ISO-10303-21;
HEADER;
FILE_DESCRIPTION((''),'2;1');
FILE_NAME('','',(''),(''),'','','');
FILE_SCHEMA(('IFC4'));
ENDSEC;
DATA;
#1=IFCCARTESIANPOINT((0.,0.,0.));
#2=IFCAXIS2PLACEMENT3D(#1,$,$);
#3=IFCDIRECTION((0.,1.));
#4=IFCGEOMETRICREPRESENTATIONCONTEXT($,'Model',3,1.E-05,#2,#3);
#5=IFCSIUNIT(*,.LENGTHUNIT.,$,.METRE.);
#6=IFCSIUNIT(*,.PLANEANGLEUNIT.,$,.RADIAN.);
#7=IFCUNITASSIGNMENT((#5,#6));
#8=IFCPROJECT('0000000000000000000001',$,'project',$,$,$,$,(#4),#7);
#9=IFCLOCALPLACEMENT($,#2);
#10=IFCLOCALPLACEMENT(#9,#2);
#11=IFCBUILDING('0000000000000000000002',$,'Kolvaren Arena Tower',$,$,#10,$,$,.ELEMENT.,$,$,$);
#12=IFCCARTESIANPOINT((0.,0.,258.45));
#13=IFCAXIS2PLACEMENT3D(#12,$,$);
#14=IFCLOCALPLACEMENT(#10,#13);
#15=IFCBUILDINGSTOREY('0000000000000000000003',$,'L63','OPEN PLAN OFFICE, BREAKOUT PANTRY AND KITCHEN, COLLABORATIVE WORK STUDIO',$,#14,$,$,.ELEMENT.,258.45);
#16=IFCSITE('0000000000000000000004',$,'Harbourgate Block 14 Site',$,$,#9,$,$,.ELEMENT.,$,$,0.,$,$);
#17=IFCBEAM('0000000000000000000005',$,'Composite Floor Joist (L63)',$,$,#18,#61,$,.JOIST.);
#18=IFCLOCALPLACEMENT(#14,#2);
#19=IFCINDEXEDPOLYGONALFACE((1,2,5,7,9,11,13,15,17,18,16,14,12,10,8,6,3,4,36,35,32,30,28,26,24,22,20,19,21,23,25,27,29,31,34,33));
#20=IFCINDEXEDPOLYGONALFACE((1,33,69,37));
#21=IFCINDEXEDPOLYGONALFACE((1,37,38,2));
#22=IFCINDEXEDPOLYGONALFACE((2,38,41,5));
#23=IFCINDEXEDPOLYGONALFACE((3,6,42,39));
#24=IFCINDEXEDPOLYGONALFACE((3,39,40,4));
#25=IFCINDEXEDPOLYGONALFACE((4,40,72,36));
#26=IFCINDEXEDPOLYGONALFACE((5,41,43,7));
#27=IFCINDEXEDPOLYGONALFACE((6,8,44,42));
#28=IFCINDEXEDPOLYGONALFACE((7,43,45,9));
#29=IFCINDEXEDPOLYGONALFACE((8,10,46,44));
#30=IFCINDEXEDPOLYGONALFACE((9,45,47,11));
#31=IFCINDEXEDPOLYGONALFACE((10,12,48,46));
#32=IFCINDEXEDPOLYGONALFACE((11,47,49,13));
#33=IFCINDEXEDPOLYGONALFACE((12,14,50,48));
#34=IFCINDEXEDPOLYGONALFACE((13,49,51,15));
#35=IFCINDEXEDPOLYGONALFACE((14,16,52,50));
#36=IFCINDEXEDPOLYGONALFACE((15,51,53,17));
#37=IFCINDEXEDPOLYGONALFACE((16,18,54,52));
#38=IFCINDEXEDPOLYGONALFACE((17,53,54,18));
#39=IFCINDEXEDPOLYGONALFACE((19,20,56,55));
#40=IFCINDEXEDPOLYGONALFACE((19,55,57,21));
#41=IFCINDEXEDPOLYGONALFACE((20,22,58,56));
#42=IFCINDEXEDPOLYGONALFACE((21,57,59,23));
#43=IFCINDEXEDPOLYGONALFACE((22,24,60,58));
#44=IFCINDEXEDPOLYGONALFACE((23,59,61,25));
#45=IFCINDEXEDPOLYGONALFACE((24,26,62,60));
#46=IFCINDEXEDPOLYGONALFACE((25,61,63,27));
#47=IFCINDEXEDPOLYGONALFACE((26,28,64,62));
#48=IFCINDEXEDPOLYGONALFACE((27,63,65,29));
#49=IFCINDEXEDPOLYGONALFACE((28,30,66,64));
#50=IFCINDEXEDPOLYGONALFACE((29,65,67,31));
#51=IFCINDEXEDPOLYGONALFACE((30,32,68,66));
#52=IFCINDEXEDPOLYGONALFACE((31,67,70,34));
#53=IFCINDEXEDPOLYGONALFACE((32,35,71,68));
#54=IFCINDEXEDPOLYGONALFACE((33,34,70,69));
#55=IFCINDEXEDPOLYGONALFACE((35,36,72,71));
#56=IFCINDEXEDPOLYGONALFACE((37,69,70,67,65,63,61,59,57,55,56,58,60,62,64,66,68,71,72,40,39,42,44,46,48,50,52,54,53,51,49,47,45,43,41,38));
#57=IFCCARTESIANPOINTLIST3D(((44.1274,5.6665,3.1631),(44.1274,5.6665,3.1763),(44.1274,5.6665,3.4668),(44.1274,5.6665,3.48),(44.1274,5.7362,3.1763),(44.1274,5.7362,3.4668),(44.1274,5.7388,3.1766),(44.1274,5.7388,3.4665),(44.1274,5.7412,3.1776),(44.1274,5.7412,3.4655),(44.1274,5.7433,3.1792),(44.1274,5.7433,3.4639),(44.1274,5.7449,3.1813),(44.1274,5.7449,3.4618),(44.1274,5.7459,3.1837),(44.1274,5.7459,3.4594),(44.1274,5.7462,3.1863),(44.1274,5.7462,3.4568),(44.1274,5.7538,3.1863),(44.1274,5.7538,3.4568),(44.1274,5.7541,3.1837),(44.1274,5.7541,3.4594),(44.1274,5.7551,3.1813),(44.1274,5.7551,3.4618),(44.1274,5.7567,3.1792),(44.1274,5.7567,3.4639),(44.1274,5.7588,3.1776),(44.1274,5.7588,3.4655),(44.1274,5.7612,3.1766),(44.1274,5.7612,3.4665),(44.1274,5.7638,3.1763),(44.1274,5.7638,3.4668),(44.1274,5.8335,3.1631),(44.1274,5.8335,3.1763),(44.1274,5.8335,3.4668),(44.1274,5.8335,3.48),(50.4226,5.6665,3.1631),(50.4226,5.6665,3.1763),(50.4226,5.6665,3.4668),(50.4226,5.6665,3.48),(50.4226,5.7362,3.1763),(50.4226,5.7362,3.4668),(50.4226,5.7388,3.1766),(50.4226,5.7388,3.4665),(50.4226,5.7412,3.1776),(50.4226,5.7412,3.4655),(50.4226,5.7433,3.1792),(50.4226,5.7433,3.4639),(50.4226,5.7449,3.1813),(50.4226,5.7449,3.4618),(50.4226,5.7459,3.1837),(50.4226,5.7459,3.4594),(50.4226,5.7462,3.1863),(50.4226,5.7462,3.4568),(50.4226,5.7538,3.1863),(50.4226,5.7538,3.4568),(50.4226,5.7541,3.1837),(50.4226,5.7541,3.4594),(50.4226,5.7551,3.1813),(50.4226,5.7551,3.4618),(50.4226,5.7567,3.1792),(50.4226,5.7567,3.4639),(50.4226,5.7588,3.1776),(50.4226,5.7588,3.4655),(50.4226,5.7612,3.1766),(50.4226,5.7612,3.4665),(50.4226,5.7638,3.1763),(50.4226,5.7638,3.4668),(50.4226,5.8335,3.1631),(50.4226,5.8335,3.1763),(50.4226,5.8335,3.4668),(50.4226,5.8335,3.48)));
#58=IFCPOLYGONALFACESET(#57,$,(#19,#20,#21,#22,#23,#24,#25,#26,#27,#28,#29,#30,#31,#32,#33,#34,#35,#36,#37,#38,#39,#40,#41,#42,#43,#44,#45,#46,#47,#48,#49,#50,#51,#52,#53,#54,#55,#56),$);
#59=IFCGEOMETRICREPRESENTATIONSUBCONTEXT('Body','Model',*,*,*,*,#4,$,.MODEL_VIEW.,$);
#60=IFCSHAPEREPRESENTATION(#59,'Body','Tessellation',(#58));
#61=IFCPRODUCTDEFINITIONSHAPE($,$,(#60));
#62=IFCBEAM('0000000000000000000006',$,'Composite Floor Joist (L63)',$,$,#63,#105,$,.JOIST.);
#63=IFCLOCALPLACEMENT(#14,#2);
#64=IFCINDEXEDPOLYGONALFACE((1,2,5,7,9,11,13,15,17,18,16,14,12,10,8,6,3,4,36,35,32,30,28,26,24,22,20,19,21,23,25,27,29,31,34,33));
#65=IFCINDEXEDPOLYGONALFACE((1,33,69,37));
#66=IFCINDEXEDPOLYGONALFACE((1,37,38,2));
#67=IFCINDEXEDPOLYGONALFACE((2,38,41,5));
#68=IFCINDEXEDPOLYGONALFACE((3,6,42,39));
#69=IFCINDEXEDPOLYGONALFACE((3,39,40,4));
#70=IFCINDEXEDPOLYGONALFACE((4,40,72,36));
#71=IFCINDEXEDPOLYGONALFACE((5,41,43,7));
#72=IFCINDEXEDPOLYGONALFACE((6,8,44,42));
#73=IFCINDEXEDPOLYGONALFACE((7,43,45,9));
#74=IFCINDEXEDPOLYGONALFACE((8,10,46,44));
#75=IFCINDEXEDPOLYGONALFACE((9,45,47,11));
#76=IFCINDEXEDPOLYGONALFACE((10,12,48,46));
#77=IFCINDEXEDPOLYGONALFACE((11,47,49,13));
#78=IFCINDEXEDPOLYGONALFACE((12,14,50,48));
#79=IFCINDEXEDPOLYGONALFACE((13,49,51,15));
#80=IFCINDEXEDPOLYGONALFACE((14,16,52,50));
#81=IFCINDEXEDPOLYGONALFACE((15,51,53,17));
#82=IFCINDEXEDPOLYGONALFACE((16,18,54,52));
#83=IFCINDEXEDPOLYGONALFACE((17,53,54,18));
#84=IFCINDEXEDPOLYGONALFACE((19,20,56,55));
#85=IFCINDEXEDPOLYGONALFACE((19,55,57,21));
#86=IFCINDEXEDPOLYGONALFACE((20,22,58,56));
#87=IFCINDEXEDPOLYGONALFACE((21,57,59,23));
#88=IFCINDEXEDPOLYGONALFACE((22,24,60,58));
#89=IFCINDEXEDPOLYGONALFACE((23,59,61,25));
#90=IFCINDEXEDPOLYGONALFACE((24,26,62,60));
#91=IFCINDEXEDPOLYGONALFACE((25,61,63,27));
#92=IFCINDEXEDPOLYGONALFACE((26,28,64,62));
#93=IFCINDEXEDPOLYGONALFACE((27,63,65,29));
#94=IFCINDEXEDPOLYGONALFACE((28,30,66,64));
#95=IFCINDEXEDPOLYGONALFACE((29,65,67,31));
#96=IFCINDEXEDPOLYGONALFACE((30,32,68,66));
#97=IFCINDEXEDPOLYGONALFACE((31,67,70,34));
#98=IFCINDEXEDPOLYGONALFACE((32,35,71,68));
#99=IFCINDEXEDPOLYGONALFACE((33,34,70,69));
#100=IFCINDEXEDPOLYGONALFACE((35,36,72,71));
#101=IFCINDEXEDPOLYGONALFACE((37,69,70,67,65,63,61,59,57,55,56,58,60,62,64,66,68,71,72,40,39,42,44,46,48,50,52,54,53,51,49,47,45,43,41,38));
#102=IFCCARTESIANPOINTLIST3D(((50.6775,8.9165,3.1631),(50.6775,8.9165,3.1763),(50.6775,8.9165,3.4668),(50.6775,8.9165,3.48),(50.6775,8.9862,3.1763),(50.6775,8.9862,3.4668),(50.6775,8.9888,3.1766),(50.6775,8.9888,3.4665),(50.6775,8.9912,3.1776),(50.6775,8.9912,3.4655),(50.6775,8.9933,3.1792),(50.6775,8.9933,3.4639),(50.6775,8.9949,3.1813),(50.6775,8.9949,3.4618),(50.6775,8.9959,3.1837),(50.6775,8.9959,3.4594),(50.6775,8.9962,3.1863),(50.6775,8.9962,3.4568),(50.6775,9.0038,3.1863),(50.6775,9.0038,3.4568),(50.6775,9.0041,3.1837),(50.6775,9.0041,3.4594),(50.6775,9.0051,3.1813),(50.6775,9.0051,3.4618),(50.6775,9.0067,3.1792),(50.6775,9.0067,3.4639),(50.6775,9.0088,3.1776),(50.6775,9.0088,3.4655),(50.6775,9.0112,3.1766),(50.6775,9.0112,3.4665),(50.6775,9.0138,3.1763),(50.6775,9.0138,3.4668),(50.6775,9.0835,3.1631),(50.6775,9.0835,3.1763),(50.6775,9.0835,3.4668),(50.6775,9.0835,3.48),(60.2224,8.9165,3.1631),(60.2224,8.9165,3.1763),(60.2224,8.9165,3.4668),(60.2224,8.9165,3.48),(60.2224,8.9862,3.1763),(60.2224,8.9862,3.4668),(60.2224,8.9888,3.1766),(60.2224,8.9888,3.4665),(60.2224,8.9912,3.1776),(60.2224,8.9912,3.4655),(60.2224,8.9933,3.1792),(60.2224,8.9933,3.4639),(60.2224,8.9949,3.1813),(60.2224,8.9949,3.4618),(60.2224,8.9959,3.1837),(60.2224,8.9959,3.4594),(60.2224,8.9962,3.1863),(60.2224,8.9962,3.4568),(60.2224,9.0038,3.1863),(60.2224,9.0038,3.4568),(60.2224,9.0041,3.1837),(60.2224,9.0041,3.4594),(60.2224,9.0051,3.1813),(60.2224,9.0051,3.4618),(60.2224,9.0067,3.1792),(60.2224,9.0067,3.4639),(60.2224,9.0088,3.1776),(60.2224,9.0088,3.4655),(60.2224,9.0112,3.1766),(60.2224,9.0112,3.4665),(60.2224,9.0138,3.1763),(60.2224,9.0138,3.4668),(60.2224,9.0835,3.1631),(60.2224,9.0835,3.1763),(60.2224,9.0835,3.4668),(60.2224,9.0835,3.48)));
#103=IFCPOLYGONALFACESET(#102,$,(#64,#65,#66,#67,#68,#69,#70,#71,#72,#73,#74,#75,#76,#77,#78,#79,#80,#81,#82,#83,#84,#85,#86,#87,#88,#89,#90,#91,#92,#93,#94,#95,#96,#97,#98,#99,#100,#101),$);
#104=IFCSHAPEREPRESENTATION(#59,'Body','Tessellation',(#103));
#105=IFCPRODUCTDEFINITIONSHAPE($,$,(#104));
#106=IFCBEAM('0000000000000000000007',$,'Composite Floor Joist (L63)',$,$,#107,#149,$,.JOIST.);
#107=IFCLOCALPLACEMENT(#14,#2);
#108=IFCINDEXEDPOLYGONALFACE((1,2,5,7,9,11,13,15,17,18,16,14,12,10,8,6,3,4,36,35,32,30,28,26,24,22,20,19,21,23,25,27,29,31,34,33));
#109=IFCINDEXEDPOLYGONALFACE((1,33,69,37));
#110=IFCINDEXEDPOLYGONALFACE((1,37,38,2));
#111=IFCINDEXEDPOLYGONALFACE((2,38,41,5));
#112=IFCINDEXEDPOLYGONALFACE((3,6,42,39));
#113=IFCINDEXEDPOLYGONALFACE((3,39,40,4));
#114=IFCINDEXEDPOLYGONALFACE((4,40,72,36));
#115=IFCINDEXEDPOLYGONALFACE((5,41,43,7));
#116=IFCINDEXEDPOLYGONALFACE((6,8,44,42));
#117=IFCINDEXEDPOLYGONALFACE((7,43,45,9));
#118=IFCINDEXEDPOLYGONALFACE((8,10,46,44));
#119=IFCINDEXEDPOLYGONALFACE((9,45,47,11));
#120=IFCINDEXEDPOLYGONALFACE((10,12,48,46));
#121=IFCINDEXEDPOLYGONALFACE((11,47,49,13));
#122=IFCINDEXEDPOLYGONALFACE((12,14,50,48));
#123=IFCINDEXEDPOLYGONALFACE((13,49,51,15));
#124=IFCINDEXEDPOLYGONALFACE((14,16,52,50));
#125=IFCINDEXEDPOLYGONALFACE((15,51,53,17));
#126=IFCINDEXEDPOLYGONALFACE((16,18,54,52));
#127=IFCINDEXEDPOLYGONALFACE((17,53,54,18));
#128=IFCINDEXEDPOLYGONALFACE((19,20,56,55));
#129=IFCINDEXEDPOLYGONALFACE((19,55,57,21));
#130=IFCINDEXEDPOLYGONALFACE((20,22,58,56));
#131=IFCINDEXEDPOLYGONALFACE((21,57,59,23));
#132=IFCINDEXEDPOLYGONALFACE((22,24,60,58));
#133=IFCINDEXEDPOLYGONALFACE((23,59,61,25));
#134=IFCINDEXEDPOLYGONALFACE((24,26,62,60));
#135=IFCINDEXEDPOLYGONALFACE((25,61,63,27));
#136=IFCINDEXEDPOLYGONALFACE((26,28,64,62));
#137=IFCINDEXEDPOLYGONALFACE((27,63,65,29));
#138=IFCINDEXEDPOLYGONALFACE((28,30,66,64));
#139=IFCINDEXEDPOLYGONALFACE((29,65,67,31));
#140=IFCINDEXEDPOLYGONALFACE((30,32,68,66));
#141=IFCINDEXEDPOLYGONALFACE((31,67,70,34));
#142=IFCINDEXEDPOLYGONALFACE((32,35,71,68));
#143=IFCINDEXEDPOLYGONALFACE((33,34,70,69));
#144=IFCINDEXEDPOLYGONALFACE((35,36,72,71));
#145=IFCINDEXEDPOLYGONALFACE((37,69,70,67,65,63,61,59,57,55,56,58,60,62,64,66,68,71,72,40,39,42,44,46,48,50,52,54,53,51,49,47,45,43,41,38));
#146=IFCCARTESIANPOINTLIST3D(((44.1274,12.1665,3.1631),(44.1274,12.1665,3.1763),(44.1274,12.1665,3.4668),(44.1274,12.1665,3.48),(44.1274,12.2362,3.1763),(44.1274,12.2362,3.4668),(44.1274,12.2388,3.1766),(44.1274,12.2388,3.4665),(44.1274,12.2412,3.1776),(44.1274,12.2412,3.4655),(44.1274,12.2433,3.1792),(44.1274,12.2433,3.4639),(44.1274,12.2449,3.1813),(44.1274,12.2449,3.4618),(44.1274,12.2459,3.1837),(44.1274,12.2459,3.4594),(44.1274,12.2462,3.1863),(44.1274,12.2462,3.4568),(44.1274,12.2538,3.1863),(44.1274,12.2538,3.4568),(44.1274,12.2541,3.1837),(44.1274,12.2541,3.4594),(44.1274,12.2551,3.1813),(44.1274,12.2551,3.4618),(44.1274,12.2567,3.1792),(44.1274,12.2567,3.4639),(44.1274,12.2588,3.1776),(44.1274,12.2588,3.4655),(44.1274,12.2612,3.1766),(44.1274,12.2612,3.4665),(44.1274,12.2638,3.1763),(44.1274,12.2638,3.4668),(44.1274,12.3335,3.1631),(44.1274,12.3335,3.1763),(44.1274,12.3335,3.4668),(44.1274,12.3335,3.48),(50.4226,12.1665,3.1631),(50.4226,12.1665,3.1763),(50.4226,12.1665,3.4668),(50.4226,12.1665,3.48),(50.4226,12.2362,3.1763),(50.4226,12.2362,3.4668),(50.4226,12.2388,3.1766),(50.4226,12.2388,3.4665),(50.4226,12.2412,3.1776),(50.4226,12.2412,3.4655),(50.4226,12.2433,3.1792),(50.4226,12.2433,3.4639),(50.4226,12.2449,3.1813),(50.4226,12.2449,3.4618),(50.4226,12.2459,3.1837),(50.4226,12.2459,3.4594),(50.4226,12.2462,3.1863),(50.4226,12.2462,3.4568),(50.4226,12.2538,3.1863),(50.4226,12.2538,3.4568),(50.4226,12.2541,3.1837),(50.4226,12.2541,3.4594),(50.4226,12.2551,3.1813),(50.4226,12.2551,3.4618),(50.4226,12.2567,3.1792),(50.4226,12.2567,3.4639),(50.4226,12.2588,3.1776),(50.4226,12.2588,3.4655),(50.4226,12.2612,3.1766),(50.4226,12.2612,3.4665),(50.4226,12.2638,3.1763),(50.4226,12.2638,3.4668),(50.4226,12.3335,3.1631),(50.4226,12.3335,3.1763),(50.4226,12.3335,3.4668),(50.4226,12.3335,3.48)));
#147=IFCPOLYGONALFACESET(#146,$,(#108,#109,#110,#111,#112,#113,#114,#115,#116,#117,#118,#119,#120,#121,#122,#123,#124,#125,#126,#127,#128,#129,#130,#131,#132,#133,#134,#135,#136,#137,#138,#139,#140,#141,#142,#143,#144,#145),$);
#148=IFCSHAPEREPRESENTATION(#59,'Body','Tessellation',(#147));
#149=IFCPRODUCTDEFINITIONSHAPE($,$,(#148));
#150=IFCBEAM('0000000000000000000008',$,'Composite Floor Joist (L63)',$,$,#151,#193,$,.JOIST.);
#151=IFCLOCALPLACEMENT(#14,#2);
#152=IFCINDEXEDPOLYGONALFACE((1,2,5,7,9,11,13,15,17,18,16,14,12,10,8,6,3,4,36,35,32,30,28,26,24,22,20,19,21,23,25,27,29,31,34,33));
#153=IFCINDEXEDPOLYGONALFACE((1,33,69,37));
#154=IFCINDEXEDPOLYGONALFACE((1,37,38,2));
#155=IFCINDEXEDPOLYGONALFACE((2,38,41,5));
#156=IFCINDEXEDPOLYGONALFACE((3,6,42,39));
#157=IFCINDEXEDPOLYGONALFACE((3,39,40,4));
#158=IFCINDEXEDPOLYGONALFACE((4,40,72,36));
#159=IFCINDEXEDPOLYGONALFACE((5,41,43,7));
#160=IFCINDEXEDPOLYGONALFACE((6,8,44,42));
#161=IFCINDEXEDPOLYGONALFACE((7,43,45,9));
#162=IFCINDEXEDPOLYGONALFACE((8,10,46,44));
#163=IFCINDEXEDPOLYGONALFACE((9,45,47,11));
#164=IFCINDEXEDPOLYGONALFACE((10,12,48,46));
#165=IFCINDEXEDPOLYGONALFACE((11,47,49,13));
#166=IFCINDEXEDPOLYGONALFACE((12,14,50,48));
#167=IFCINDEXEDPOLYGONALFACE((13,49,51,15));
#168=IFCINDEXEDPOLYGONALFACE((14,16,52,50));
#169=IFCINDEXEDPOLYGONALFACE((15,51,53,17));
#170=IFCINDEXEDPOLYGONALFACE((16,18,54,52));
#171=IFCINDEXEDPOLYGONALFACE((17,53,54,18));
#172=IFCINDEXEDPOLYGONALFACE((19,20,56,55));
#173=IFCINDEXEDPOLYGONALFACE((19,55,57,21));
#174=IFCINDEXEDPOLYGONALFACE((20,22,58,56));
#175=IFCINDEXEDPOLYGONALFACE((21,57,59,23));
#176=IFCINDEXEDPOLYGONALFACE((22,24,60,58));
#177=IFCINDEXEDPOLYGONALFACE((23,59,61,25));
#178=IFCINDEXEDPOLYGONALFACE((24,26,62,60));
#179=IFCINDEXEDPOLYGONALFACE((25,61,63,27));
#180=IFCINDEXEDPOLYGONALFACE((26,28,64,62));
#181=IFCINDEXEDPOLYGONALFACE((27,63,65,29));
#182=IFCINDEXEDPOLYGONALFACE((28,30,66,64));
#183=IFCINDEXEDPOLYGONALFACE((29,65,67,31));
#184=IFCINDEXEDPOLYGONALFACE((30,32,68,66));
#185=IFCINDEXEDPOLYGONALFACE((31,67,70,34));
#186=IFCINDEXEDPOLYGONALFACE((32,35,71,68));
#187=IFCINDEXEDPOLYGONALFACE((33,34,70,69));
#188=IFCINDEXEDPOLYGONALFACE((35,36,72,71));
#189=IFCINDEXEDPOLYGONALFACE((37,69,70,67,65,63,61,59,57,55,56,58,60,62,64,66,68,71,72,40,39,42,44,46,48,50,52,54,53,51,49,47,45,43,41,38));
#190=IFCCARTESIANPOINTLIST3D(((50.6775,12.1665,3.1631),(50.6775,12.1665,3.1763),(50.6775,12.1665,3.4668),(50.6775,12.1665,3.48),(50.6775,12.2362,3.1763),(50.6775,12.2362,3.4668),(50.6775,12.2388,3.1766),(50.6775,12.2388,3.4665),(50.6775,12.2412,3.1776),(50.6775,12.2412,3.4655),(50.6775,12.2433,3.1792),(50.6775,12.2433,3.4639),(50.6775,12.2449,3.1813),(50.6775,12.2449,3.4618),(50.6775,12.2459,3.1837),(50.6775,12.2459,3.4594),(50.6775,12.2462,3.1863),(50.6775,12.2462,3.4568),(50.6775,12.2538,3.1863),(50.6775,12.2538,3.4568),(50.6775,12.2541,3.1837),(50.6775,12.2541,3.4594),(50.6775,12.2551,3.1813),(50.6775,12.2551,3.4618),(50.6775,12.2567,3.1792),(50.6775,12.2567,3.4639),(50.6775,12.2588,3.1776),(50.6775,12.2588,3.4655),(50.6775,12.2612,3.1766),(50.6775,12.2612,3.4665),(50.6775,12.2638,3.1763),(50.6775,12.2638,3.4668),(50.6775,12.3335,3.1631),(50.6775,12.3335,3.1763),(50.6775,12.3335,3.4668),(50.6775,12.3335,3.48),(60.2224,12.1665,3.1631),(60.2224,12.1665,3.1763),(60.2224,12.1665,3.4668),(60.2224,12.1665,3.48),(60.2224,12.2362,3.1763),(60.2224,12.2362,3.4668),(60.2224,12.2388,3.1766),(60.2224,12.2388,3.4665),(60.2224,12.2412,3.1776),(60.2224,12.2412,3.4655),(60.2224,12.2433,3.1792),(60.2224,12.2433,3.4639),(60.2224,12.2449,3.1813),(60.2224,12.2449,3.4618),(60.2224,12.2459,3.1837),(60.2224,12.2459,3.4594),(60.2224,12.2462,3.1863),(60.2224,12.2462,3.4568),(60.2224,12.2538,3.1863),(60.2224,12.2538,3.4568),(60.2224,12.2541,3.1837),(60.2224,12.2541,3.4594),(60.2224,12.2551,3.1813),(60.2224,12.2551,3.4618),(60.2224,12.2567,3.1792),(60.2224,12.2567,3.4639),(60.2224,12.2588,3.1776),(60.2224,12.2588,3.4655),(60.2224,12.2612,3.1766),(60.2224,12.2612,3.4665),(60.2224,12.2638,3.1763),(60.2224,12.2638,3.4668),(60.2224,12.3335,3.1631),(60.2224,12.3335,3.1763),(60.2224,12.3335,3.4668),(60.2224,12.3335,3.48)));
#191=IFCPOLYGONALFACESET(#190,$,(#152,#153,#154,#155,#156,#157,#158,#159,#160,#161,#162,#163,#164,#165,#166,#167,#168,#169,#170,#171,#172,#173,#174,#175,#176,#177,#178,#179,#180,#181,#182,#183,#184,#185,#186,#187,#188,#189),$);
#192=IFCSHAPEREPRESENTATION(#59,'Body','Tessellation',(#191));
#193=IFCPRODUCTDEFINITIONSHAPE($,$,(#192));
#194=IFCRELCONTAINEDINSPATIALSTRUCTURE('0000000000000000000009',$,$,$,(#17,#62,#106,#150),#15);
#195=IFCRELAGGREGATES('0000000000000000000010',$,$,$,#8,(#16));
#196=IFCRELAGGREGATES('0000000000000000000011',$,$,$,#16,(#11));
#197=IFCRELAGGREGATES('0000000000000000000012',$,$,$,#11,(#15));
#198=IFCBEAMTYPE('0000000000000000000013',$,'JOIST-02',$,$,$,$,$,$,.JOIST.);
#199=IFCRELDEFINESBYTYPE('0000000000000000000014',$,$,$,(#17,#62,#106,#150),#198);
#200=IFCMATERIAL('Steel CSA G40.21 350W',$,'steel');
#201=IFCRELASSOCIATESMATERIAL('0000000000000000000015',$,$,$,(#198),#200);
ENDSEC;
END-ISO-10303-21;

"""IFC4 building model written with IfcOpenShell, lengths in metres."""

from ifc_helpers import new_model, si_unit, direction, frame, origin, origin_2d, place, context, subcontext, project, spatial, i_section, extrude, material, material_profile, profile_set, type_object, element, save


model = new_model("IFC4")

# Units and contexts
model_context = context("Model", 3, precision=1e-05, world=origin(), true_north=direction((0.0, 1.0)))
body_context = subcontext(model_context, "Body", "Model", "MODEL_VIEW")
ifc_project = project(units=[si_unit("LENGTHUNIT", "METRE"), si_unit("PLANEANGLEUNIT", "RADIAN")], contexts=[model_context])

# Site, building, storey
site_placement = place(None, origin())
site = spatial("IfcSite", under=ifc_project, at=site_placement, Name="Harbourgate Block 14 Site", CompositionType="ELEMENT", RefElevation=0.0)
building_placement = place(site_placement, origin())
building = spatial("IfcBuilding", under=site, at=building_placement, Name="Kolvaren Arena Tower", CompositionType="ELEMENT")
storey_placement = place(building_placement, frame((0.0, 0.0, 258.45)))
storey = spatial("IfcBuildingStorey", under=building, at=storey_placement, Name="L63", Description="OPEN PLAN OFFICE, BREAKOUT PANTRY AND KITCHEN, COLLABORATIVE WORK STUDIO", CompositionType="ELEMENT", Elevation=258.45)

# Beams
ifc_material_1 = material(Name="Steel CSA G40.21 350W", Category="steel")
ifc_material_profile_1 = material_profile(ifc_material_1, i_section(OverallWidth=0.167, OverallDepth=0.3169, WebThickness=0.0076, FlangeThickness=0.0132, FilletRadius=0.01, at=origin_2d()), Name="W310x52")
ifc_profile_set_1 = profile_set([ifc_material_profile_1], Name="Steel CSA G40.21 350W")
beam_type_1 = type_object("IfcBeamType", Name="JOIST-02", PredefinedType="JOIST", material=ifc_profile_set_1)
for number, where, z_axis, x_axis, name in (
    (1, (44.1274, 5.75, 3.3215), (1.0, 0.0, 0.0), (0.0, 1.0, 0.0), "Composite Floor Joist (L63)"),
):
    element("IfcBeam", number, at=place(storey_placement, frame(where, z_axis=z_axis, x_axis=x_axis)), inside=storey, type_object=beam_type_1, Name=name, PredefinedType="JOIST", context=body_context, shape_type="SweptSolid", body=[
        extrude(i_section(OverallWidth=0.167, OverallDepth=0.3169, WebThickness=0.0076, FlangeThickness=0.0132, FilletRadius=0.01, at=origin_2d()), origin(), (0.0, 0.0, 1.0), 6.2952),
    ])
beam_1_placement = place(storey_placement, frame((50.6775, 9.0, 3.3215), z_axis=(1.0, 0.0, 0.0), x_axis=(0.0, 1.0, 0.0)))
element("IfcBeam", 2, at=beam_1_placement, inside=storey, type_object=beam_type_1, Name="Composite Floor Joist (L63)", PredefinedType="JOIST", context=body_context, shape_type="SweptSolid", body=[
    extrude(i_section(OverallWidth=0.167, OverallDepth=0.3169, WebThickness=0.0076, FlangeThickness=0.0132, FilletRadius=0.01, at=origin_2d()), origin(), (0.0, 0.0, 1.0), 9.5449),
])
beam_2_placement = place(storey_placement, frame((44.1274, 12.25, 3.3215), z_axis=(1.0, 0.0, 0.0), x_axis=(0.0, 1.0, 0.0)))
element("IfcBeam", 3, at=beam_2_placement, inside=storey, type_object=beam_type_1, Name="Composite Floor Joist (L63)", PredefinedType="JOIST", context=body_context, shape_type="SweptSolid", body=[
    extrude(i_section(OverallWidth=0.167, OverallDepth=0.3169, WebThickness=0.0076, FlangeThickness=0.0132, FilletRadius=0.01, at=origin_2d()), origin(), (0.0, 0.0, 1.0), 6.2952),
])
beam_3_placement = place(storey_placement, frame((50.6775, 12.25, 3.3215), z_axis=(1.0, 0.0, 0.0), x_axis=(0.0, 1.0, 0.0)))
element("IfcBeam", 4, at=beam_3_placement, inside=storey, type_object=beam_type_1, Name="Composite Floor Joist (L63)", PredefinedType="JOIST", context=body_context, shape_type="SweptSolid", body=[
    extrude(i_section(OverallWidth=0.167, OverallDepth=0.3169, WebThickness=0.0076, FlangeThickness=0.0132, FilletRadius=0.01, at=origin_2d()), origin(), (0.0, 0.0, 1.0), 9.5449),
])

save(model, "model.ifc")
